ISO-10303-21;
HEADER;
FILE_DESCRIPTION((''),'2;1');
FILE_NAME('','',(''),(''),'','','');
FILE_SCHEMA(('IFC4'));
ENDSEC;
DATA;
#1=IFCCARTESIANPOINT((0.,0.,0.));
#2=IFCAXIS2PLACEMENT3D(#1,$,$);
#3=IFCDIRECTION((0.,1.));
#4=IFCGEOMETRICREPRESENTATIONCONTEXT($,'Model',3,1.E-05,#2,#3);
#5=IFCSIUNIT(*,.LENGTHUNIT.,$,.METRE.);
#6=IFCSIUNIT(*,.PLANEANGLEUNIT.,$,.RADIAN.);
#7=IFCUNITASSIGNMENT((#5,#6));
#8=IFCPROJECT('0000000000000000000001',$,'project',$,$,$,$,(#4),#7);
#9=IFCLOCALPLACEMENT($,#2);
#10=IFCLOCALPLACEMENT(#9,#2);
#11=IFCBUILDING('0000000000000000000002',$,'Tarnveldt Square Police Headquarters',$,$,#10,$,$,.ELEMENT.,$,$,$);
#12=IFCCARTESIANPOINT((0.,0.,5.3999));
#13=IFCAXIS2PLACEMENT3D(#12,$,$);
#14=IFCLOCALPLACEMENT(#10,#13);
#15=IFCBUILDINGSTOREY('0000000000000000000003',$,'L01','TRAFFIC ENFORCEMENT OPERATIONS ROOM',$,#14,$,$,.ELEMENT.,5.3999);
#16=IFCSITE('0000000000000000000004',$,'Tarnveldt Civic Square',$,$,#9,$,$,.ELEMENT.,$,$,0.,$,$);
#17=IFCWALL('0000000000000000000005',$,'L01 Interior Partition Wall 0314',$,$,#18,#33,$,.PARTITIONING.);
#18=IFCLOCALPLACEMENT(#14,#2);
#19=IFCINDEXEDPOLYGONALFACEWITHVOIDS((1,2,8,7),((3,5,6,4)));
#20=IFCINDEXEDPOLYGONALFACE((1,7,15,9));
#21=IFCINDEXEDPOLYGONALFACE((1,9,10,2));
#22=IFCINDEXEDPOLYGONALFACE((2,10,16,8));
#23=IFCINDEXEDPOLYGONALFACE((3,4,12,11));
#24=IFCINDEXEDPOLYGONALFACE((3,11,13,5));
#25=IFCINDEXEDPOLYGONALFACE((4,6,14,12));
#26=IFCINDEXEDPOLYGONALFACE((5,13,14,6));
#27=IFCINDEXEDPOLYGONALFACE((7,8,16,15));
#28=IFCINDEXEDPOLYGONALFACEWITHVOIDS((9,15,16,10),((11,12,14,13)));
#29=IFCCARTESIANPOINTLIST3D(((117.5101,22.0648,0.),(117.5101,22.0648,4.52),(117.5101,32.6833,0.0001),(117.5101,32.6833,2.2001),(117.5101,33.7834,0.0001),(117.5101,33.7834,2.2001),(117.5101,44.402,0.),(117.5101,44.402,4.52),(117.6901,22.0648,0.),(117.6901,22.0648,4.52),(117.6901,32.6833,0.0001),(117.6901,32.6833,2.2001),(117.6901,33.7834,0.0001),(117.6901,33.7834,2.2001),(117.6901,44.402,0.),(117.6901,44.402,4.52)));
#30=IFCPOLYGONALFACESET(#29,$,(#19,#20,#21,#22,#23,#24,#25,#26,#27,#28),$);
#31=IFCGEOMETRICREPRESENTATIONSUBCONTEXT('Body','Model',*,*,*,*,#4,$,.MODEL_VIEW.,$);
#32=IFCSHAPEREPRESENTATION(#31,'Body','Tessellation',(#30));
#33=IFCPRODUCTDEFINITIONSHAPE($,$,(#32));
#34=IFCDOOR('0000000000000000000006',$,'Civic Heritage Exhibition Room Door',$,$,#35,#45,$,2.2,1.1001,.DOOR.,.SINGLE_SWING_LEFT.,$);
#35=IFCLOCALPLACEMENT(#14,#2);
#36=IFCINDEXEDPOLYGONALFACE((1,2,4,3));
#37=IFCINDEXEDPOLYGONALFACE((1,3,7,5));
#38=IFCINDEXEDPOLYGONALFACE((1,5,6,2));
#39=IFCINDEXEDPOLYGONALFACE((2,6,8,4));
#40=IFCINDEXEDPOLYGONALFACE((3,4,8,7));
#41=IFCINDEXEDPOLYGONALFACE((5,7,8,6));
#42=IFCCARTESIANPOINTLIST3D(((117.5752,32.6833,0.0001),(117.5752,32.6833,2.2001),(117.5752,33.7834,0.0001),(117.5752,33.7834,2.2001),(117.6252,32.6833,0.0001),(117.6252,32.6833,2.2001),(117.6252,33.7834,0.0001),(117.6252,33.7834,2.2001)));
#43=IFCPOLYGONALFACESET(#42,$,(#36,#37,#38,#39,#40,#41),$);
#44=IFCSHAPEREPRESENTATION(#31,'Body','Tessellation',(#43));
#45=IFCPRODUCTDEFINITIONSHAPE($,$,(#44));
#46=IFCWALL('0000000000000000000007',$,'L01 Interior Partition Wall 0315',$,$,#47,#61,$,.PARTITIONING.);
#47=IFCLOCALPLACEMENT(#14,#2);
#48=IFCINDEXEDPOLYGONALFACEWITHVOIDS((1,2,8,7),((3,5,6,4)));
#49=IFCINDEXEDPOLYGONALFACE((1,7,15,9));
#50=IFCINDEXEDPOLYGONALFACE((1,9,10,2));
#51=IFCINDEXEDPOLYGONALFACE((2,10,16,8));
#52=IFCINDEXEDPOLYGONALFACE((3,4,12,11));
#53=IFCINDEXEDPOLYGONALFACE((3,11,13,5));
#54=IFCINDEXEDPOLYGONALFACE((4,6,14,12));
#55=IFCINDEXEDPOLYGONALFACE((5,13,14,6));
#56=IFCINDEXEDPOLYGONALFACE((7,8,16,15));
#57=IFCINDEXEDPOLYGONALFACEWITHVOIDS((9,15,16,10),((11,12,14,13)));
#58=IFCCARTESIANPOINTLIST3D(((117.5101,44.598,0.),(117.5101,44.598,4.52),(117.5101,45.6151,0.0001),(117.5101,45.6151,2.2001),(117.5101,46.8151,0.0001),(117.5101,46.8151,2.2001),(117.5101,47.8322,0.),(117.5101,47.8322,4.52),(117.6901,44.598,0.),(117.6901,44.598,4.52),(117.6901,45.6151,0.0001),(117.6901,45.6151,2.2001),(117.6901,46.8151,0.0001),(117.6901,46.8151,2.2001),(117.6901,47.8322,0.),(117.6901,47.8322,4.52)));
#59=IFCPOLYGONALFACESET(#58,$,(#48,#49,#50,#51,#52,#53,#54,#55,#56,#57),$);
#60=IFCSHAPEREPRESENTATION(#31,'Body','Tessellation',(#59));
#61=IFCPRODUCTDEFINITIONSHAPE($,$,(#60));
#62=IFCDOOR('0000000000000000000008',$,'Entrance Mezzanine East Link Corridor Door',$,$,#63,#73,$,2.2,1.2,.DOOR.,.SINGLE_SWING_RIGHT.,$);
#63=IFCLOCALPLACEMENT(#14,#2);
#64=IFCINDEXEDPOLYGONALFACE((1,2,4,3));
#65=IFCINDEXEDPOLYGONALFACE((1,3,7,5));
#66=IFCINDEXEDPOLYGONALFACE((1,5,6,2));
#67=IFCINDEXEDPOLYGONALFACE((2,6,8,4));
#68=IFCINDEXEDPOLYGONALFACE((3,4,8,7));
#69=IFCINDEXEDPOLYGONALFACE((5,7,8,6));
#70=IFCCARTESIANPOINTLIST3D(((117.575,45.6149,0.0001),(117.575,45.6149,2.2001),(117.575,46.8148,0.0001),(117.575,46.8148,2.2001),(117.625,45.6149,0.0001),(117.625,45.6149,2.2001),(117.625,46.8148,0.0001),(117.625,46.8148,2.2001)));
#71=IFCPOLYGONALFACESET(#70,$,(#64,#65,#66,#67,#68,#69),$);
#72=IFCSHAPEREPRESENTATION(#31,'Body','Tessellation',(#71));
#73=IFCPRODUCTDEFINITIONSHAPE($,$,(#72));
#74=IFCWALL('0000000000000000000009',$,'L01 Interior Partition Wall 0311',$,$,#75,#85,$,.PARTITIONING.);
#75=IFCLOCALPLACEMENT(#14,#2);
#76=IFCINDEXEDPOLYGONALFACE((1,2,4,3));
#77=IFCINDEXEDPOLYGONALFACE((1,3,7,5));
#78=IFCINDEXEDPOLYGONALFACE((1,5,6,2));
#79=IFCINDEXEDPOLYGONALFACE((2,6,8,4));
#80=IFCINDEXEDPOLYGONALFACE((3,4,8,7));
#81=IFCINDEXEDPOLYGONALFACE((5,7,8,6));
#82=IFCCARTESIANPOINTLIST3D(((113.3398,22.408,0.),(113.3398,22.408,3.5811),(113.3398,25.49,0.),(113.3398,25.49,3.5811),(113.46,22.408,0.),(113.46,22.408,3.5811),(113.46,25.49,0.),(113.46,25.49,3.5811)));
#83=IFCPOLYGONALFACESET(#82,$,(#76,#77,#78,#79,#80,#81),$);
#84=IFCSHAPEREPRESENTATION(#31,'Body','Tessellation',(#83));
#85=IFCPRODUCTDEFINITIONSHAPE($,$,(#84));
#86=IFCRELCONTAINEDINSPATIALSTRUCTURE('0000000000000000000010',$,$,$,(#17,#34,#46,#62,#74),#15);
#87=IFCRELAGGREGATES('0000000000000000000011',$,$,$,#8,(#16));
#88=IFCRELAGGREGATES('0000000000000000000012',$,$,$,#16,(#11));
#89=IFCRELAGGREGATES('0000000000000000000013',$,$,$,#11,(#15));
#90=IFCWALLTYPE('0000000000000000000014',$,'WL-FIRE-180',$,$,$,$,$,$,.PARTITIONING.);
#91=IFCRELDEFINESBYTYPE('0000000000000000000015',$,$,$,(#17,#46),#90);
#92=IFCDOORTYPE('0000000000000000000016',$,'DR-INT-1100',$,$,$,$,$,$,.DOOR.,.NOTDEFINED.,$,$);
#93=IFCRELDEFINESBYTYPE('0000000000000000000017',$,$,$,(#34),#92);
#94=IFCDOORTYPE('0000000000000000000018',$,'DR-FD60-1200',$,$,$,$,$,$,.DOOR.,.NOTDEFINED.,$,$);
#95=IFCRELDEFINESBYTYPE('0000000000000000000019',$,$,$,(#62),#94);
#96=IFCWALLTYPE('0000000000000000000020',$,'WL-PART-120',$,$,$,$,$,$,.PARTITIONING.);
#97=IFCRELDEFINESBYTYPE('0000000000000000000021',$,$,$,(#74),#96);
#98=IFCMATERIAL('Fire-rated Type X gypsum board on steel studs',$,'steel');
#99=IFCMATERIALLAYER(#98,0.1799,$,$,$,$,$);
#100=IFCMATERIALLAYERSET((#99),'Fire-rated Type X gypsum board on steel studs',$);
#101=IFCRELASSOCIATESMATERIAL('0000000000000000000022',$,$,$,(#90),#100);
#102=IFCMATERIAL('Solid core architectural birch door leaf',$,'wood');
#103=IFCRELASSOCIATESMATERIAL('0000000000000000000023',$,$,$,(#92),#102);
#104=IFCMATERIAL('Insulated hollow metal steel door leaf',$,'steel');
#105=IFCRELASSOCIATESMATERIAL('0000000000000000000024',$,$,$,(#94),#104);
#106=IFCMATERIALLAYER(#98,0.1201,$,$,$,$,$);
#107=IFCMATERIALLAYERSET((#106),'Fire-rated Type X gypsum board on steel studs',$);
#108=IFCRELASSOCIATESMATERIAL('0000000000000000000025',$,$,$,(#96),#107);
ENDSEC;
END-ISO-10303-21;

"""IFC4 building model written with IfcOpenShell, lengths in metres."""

from ifc_helpers import new_model, si_unit, direction, frame, frame_2d, origin, place, context, subcontext, project, spatial, rectangle, extrude, material, layer, layer_set, type_object, element, fill, save


model = new_model("IFC4")

# Units and contexts
model_context = context("Model", 3, precision=1e-05, world=origin(), true_north=direction((0.0, 1.0)))
body_context = subcontext(model_context, "Body", "Model", "MODEL_VIEW")
ifc_project = project(units=[si_unit("LENGTHUNIT", "METRE"), si_unit("PLANEANGLEUNIT", "RADIAN")], contexts=[model_context])

# Site, building, storey
site_placement = place(None, origin())
site = spatial("IfcSite", under=ifc_project, at=site_placement, Name="Tarnveldt Civic Square", CompositionType="ELEMENT", RefElevation=0.0)
building_placement = place(site_placement, origin())
building = spatial("IfcBuilding", under=site, at=building_placement, Name="Tarnveldt Square Police Headquarters", CompositionType="ELEMENT")
storey_placement = place(building_placement, frame((0.0, 0.0, 5.3999)))
storey = spatial("IfcBuildingStorey", under=building, at=storey_placement, Name="L01", Description="TRAFFIC ENFORCEMENT OPERATIONS ROOM", CompositionType="ELEMENT", Elevation=5.3999)

# Shared definitions
ifc_material_1 = material(Name="Fire-rated Type X gypsum board on steel studs", Category="steel")
ifc_layer_1 = layer(ifc_material_1, 0.1799)
ifc_layer_set_1 = layer_set([ifc_layer_1], Name="Fire-rated Type X gypsum board on steel studs")
wall_type_1 = type_object("IfcWallType", Name="WL-FIRE-180", PredefinedType="PARTITIONING", material=ifc_layer_set_1)

# Walls, openings, doors
wall_1_placement = place(storey_placement, frame((117.6001, 22.0649, 0.0), z_axis=(0.0, 0.0, 1.0), x_axis=(0.0, 1.0, 0.0)))
wall_1 = element("IfcWall", 1, at=wall_1_placement, inside=storey, type_object=wall_type_1, Name="L01 Interior Partition Wall 0314", PredefinedType="PARTITIONING", context=body_context, shape_type="SweptSolid", body=[
    extrude(rectangle(XDim=22.3372, YDim=0.1799, at=frame_2d((11.1685, 0.0))), origin(), (0.0, 0.0, 1.0), 4.52),
])
opening_1_placement = place(wall_1_placement, frame((10.6184, 0.0, 0.0)))
opening_1 = element("IfcOpeningElement", 2, at=opening_1_placement, cuts=wall_1, PredefinedType="OPENING", context=body_context, shape_type="SweptSolid", body=[
    extrude(rectangle(XDim=1.1001, YDim=2.2, at=frame_2d((0.55, 1.1001))), frame((0.0, 0.0999, 0.0), z_axis=(0.0, -1.0, 0.0), x_axis=(1.0, 0.0, 0.0)), (0.0, 0.0, 1.0), 0.2),
])
ifc_material_2 = material(Name="Solid core architectural birch door leaf", Category="wood")
door_type_1 = type_object("IfcDoorType", Name="DR-INT-1100", OperationType="NOTDEFINED", PredefinedType="DOOR", material=ifc_material_2)
door_1_placement = place(opening_1_placement, origin())
door_1 = element("IfcDoor", 3, at=door_1_placement, inside=storey, type_object=door_type_1, Name="Civic Heritage Exhibition Room Door", OperationType="SINGLE_SWING_LEFT", OverallHeight=2.2, OverallWidth=1.1001, PredefinedType="DOOR", context=body_context, shape_type="SweptSolid", body=[
    extrude(rectangle(XDim=1.1001, YDim=2.2, at=frame_2d((0.55, 1.1001))), frame((0.0, 0.0249, 0.0), z_axis=(0.0, -1.0, 0.0), x_axis=(1.0, 0.0, 0.0)), (0.0, 0.0, 1.0), 0.05),
])
fill(opening_1, door_1)
wall_2_placement = place(storey_placement, frame((117.6001, 44.5979, 0.0), z_axis=(0.0, 0.0, 1.0), x_axis=(0.0, 1.0, 0.0)))
wall_2 = element("IfcWall", 4, at=wall_2_placement, inside=storey, type_object=wall_type_1, Name="L01 Interior Partition Wall 0315", PredefinedType="PARTITIONING", context=body_context, shape_type="SweptSolid", body=[
    extrude(rectangle(XDim=3.2341, YDim=0.1799, at=frame_2d((1.6172, 0.0))), origin(), (0.0, 0.0, 1.0), 4.52),
])
opening_2_placement = place(wall_2_placement, frame((1.0171, 0.0, 0.0)))
opening_2 = element("IfcOpeningElement", 5, at=opening_2_placement, cuts=wall_2, PredefinedType="OPENING", context=body_context, shape_type="SweptSolid", body=[
    extrude(rectangle(XDim=1.2, YDim=2.2, at=frame_2d((0.6001, 1.1001))), frame((0.0, 0.0999, 0.0), z_axis=(0.0, -1.0, 0.0), x_axis=(1.0, 0.0, 0.0)), (0.0, 0.0, 1.0), 0.2),
])
ifc_material_3 = material(Name="Insulated hollow metal steel door leaf", Category="steel")
door_type_2 = type_object("IfcDoorType", Name="DR-FD60-1200", OperationType="NOTDEFINED", PredefinedType="DOOR", material=ifc_material_3)
door_2_placement = place(opening_2_placement, frame((1.2, 0.0, 0.0), z_axis=(0.0, 0.0, 1.0), x_axis=(-1.0, 0.0, 0.0)))
door_2 = element("IfcDoor", 6, at=door_2_placement, inside=storey, type_object=door_type_2, Name="Entrance Mezzanine East Link Corridor Door", OperationType="SINGLE_SWING_RIGHT", OverallHeight=2.2, OverallWidth=1.2, PredefinedType="DOOR", context=body_context, shape_type="SweptSolid", body=[
    extrude(rectangle(XDim=1.2, YDim=2.2, at=frame_2d((0.6001, 1.1001))), frame((0.0, 0.0249, 0.0), z_axis=(0.0, -1.0, 0.0), x_axis=(1.0, 0.0, 0.0)), (0.0, 0.0, 1.0), 0.05),
])
fill(opening_2, door_2)

# Wall
ifc_layer_2 = layer(ifc_material_1, 0.1201)
ifc_layer_set_2 = layer_set([ifc_layer_2], Name="Fire-rated Type X gypsum board on steel studs")
wall_type_2 = type_object("IfcWallType", Name="WL-PART-120", PredefinedType="PARTITIONING", material=ifc_layer_set_2)
wall_3_placement = place(storey_placement, frame((113.3999, 22.408, 0.0), z_axis=(0.0, 0.0, 1.0), x_axis=(0.0, 1.0, 0.0)))
element("IfcWall", 7, at=wall_3_placement, inside=storey, type_object=wall_type_2, Name="L01 Interior Partition Wall 0311", PredefinedType="PARTITIONING", context=body_context, shape_type="SweptSolid", body=[
    extrude(rectangle(XDim=3.082, YDim=0.1201, at=frame_2d((1.541, 0.0))), origin(), (0.0, 0.0, 1.0), 3.5811),
])

save(model, "model.ifc")
